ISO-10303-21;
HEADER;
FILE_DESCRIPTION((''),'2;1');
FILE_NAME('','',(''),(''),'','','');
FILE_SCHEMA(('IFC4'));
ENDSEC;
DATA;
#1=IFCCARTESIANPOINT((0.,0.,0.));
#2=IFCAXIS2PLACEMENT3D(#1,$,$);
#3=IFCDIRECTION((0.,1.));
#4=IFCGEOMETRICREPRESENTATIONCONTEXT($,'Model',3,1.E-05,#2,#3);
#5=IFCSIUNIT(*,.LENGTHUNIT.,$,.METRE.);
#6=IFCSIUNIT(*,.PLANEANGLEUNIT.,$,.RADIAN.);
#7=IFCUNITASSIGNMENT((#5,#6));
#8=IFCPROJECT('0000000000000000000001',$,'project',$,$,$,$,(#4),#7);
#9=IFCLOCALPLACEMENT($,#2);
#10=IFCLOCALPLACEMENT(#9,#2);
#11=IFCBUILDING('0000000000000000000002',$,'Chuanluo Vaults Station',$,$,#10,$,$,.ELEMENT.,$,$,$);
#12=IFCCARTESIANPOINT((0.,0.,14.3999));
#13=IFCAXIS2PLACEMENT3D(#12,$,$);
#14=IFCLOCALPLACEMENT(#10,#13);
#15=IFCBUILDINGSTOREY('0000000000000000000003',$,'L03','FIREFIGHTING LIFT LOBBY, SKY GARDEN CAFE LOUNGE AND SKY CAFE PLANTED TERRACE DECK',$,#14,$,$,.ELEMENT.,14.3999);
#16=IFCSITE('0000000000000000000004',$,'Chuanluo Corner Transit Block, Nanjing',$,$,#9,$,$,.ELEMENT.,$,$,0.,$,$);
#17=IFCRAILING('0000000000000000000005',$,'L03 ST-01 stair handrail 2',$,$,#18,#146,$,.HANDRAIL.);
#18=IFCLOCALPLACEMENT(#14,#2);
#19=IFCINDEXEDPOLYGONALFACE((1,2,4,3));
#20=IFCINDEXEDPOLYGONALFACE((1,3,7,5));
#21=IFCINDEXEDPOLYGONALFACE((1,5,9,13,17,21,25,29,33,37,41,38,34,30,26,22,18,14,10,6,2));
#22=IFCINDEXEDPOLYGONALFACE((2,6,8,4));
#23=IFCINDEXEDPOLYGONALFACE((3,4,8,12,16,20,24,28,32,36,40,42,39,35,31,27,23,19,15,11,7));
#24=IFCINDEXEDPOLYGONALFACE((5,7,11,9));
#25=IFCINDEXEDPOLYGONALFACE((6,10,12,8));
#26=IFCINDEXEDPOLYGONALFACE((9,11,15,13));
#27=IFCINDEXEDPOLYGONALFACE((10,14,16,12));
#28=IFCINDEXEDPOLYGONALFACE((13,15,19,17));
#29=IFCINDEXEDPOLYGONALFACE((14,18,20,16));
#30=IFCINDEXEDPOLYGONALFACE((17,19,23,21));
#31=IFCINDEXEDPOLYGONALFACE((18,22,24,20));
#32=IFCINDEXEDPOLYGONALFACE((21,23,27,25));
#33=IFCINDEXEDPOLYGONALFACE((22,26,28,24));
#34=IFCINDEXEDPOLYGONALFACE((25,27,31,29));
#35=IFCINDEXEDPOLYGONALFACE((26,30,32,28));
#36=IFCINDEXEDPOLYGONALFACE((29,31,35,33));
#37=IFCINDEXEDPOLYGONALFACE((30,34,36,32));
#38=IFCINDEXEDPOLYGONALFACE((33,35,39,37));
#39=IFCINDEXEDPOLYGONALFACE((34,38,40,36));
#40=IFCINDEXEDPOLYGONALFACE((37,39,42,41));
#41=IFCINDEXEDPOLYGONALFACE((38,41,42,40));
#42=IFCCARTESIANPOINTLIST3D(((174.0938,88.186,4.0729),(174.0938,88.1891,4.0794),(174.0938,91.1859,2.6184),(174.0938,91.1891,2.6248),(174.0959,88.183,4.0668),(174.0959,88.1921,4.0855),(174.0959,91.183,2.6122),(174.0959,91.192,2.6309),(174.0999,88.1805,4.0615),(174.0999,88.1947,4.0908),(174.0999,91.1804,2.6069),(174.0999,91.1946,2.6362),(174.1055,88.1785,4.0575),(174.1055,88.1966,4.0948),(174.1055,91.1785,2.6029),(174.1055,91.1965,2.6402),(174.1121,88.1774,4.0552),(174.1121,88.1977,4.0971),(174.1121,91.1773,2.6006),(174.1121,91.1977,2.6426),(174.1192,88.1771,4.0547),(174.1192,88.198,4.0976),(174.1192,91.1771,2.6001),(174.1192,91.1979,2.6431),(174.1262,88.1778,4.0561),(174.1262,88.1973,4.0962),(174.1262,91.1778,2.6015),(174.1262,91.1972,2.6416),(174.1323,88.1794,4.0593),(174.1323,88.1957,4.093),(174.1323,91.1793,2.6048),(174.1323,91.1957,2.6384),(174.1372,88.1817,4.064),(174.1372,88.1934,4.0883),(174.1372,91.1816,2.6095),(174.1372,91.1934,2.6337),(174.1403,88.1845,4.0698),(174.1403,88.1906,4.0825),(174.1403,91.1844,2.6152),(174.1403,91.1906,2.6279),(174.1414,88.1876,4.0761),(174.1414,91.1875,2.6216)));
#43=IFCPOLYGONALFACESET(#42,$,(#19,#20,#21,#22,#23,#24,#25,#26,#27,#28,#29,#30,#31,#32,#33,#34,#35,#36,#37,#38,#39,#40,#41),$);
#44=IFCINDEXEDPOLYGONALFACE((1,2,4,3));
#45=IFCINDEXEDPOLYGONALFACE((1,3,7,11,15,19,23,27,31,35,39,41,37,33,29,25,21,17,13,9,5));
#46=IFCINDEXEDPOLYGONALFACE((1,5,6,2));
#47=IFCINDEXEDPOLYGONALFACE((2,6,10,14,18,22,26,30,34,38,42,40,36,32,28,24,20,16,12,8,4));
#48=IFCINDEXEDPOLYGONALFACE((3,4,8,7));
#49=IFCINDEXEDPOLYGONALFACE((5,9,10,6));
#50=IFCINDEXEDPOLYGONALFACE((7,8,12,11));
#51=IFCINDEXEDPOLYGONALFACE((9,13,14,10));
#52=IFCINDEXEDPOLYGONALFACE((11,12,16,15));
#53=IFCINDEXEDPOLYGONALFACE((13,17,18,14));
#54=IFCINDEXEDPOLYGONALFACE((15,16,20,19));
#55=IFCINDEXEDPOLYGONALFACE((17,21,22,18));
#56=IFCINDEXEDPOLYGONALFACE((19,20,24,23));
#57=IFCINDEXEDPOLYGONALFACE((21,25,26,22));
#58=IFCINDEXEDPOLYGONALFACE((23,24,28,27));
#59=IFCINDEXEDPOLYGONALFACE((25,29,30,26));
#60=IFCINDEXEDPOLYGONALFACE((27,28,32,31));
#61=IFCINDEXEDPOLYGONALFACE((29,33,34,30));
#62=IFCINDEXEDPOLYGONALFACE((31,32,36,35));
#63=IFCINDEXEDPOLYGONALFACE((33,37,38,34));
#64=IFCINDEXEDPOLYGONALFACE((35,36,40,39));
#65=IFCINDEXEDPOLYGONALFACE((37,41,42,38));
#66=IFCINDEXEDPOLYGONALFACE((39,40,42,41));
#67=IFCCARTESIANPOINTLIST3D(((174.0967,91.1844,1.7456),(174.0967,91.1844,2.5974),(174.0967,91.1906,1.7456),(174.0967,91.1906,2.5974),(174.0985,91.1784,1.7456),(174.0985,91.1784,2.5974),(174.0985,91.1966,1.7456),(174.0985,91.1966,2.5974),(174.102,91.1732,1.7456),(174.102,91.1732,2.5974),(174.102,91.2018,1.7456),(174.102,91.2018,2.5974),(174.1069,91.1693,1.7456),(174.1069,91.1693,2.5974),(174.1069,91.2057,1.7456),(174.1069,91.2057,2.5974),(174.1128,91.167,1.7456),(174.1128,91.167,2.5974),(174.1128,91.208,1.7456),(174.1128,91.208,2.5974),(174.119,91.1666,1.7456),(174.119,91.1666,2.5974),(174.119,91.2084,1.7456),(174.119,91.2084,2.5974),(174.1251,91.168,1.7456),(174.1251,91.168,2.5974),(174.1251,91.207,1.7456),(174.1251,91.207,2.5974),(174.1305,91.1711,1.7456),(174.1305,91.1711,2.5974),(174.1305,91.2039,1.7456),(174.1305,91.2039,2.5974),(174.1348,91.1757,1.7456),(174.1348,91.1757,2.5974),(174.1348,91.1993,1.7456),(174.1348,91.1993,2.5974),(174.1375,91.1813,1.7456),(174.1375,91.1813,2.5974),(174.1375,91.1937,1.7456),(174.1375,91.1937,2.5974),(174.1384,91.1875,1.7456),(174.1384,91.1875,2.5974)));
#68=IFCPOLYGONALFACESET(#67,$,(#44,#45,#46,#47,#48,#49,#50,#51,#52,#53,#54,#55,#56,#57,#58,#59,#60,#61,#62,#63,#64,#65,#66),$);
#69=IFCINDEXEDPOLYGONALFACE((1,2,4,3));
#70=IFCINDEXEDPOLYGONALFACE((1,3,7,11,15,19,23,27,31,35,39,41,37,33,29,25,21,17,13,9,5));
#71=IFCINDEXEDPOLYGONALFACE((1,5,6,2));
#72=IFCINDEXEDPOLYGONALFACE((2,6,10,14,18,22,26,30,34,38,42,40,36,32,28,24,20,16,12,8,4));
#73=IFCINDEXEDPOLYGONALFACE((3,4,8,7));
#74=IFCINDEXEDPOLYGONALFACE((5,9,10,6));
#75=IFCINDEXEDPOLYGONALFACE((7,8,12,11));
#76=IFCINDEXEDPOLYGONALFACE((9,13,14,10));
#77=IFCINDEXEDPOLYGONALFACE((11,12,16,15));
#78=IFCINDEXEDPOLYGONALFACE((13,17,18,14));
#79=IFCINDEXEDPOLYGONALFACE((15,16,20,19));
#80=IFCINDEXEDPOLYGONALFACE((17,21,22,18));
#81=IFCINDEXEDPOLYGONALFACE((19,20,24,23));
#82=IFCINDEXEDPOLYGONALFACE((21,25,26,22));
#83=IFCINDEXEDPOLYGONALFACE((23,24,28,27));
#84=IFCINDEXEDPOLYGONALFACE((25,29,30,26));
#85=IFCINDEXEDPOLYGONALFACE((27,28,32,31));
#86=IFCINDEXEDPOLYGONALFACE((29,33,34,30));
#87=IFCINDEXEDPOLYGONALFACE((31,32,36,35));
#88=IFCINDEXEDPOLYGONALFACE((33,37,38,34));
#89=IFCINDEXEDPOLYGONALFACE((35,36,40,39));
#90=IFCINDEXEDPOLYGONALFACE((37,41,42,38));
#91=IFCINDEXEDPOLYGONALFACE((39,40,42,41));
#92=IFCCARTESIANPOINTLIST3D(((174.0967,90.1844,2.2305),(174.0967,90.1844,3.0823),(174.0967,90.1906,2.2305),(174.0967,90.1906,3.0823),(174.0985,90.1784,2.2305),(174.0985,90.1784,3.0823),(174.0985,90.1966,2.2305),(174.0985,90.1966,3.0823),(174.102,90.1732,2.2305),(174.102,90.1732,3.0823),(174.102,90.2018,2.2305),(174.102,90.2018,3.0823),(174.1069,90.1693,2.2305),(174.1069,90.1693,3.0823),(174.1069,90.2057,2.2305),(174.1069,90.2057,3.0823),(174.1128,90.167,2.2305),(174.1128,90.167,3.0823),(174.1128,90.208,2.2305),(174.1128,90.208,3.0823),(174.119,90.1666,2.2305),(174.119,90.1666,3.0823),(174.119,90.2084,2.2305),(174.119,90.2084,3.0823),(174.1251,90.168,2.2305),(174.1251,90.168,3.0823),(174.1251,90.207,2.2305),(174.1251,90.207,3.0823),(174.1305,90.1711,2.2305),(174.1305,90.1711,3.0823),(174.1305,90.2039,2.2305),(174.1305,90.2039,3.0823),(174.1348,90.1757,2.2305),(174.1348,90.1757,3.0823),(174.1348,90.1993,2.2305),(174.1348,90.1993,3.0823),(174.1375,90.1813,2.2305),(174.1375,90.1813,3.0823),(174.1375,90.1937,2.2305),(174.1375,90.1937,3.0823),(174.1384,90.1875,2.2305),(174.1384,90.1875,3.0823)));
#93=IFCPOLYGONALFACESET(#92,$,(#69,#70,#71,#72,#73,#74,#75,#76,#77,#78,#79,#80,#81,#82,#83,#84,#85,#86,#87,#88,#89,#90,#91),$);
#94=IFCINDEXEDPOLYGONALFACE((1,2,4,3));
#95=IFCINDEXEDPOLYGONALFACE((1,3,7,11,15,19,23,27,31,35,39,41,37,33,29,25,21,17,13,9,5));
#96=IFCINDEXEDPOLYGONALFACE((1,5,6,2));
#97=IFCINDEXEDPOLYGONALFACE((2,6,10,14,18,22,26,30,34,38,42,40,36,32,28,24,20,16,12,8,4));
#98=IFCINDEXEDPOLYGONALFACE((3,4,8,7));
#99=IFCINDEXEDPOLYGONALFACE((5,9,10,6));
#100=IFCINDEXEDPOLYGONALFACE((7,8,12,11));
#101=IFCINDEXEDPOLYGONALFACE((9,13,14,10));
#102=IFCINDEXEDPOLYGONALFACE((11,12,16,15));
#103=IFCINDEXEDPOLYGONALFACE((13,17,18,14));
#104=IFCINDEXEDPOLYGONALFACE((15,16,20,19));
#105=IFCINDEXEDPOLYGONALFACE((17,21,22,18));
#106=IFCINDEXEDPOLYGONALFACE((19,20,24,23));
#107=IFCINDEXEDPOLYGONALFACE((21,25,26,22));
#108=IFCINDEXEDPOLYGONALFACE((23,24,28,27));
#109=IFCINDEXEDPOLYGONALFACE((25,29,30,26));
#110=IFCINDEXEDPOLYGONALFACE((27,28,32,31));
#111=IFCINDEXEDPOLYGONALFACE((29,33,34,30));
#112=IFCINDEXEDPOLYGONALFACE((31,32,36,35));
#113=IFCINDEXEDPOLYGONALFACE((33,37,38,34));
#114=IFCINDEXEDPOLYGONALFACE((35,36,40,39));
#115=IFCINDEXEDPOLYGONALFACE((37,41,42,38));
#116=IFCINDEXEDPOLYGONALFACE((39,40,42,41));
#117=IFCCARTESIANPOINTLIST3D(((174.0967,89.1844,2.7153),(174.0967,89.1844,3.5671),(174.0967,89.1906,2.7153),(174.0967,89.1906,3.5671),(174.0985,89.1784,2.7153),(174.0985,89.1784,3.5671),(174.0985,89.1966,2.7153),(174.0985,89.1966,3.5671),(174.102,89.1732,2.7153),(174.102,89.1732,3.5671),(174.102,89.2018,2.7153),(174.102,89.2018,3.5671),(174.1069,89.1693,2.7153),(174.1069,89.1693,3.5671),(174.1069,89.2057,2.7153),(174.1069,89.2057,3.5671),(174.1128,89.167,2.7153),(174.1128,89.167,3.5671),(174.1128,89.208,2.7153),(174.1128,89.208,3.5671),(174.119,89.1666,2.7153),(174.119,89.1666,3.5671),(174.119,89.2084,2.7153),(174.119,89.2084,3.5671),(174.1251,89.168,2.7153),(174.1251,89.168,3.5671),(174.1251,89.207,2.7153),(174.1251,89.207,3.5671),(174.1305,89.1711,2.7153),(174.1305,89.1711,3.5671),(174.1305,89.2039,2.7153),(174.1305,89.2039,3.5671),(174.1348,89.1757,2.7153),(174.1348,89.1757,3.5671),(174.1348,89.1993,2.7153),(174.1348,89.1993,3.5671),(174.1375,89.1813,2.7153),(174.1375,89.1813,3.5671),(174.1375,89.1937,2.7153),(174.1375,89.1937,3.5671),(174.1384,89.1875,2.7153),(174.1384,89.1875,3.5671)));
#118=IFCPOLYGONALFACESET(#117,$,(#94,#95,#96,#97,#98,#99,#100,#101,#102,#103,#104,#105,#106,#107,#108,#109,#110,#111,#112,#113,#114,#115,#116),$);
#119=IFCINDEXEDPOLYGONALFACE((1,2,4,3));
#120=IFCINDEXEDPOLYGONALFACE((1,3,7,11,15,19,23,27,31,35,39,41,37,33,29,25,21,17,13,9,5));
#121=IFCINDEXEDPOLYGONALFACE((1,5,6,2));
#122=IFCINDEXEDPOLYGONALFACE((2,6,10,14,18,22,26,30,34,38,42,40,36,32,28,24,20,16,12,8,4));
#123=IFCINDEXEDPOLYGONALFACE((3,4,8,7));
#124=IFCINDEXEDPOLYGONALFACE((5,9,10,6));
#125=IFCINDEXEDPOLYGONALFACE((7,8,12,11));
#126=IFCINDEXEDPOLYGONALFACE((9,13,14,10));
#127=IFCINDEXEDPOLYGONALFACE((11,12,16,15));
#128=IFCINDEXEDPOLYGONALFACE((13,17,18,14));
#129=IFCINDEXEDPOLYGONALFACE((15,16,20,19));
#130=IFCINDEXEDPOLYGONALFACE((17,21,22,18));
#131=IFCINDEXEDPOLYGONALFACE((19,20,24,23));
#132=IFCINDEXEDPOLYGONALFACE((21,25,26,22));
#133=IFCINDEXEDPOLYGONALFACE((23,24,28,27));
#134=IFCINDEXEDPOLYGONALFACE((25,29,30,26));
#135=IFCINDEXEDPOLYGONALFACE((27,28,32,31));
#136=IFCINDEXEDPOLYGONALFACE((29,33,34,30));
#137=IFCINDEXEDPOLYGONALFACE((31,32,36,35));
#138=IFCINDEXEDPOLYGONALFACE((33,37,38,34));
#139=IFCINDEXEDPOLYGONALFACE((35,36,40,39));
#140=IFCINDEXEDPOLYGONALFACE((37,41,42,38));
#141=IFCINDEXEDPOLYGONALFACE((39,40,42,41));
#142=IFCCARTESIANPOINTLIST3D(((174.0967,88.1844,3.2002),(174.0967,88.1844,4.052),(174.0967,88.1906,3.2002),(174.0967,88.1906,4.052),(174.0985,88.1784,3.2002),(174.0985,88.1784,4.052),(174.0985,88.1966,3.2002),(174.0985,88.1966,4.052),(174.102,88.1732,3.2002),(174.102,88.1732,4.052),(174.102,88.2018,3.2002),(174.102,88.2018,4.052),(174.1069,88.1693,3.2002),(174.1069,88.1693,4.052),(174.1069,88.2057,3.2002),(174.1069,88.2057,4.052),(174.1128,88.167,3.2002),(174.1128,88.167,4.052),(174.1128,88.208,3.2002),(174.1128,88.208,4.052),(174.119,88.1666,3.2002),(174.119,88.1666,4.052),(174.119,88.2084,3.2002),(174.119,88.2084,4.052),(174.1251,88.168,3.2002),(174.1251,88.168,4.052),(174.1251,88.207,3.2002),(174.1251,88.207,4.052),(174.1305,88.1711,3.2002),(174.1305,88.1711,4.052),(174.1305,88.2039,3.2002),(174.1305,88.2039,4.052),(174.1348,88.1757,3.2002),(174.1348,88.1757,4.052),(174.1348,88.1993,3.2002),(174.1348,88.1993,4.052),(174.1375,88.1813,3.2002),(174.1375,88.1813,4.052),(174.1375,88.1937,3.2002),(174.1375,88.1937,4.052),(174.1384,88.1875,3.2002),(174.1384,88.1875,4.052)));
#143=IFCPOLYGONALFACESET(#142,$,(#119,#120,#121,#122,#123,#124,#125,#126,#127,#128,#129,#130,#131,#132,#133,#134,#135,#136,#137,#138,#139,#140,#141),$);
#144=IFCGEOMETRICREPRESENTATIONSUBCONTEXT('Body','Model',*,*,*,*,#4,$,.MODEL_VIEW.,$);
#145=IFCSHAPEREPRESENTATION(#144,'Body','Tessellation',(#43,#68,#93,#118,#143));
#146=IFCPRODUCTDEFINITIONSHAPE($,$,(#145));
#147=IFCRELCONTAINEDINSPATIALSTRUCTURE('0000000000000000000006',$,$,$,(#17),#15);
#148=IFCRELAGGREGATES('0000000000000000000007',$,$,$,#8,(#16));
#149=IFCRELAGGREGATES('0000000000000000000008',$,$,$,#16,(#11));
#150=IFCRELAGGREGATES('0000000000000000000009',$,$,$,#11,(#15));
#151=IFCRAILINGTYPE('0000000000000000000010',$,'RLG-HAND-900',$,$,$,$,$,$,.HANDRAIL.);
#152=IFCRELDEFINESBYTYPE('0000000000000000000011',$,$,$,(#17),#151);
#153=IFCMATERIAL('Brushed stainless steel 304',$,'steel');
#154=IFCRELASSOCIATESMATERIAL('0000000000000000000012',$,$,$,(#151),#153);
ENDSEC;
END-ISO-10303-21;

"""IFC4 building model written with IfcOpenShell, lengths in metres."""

from ifc_helpers import new_model, si_unit, direction, frame, origin, origin_2d, place, context, subcontext, project, spatial, circle, extrude, material, type_object, element, save


model = new_model("IFC4")

# Units and contexts
model_context = context("Model", 3, precision=1e-05, world=origin(), true_north=direction((0.0, 1.0)))
body_context = subcontext(model_context, "Body", "Model", "MODEL_VIEW")
ifc_project = project(units=[si_unit("LENGTHUNIT", "METRE"), si_unit("PLANEANGLEUNIT", "RADIAN")], contexts=[model_context])

# Site, building, storey
site_placement = place(None, origin())
site = spatial("IfcSite", under=ifc_project, at=site_placement, Name="Chuanluo Corner Transit Block, Nanjing", CompositionType="ELEMENT", RefElevation=0.0)
building_placement = place(site_placement, origin())
building = spatial("IfcBuilding", under=site, at=building_placement, Name="Chuanluo Vaults Station", CompositionType="ELEMENT")
storey_placement = place(building_placement, frame((0.0, 0.0, 14.3999)))
storey = spatial("IfcBuildingStorey", under=building, at=storey_placement, Name="L03", Description="FIREFIGHTING LIFT LOBBY, SKY GARDEN CAFE LOUNGE AND SKY CAFE PLANTED TERRACE DECK", CompositionType="ELEMENT", Elevation=14.3999)

# Railing
ifc_material_1 = material(Name="Brushed stainless steel 304", Category="steel")
railing_type_1 = type_object("IfcRailingType", Name="RLG-HAND-900", PredefinedType="HANDRAIL", material=ifc_material_1)
railing_1_placement = place(storey_placement, frame((174.1174, 91.1875, 1.7456)))
element("IfcRailing", 1, at=railing_1_placement, inside=storey, type_object=railing_type_1, Name="L03 ST-01 stair handrail 2", PredefinedType="HANDRAIL", context=body_context, shape_type="SweptSolid", body=[
    extrude(circle(Radius=0.0239, at=origin_2d()), frame((0.0, 0.0, 0.876), z_axis=(0.0, -0.899809, 0.436284), x_axis=(1.0, 0.0, 0.0)), (0.0, 0.0, 1.0), 3.334),
    extrude(circle(Radius=0.021, at=origin_2d()), origin(), (0.0, 0.0, 1.0), 0.8518),
    extrude(circle(Radius=0.021, at=origin_2d()), frame((0.0, -1.0, 0.4849)), (0.0, 0.0, 1.0), 0.8518),
    extrude(circle(Radius=0.021, at=origin_2d()), frame((0.0, -2.0, 0.9697)), (0.0, 0.0, 1.0), 0.8518),
    extrude(circle(Radius=0.021, at=origin_2d()), frame((0.0, -3.0, 1.4546)), (0.0, 0.0, 1.0), 0.8518),
])

save(model, "model.ifc")
